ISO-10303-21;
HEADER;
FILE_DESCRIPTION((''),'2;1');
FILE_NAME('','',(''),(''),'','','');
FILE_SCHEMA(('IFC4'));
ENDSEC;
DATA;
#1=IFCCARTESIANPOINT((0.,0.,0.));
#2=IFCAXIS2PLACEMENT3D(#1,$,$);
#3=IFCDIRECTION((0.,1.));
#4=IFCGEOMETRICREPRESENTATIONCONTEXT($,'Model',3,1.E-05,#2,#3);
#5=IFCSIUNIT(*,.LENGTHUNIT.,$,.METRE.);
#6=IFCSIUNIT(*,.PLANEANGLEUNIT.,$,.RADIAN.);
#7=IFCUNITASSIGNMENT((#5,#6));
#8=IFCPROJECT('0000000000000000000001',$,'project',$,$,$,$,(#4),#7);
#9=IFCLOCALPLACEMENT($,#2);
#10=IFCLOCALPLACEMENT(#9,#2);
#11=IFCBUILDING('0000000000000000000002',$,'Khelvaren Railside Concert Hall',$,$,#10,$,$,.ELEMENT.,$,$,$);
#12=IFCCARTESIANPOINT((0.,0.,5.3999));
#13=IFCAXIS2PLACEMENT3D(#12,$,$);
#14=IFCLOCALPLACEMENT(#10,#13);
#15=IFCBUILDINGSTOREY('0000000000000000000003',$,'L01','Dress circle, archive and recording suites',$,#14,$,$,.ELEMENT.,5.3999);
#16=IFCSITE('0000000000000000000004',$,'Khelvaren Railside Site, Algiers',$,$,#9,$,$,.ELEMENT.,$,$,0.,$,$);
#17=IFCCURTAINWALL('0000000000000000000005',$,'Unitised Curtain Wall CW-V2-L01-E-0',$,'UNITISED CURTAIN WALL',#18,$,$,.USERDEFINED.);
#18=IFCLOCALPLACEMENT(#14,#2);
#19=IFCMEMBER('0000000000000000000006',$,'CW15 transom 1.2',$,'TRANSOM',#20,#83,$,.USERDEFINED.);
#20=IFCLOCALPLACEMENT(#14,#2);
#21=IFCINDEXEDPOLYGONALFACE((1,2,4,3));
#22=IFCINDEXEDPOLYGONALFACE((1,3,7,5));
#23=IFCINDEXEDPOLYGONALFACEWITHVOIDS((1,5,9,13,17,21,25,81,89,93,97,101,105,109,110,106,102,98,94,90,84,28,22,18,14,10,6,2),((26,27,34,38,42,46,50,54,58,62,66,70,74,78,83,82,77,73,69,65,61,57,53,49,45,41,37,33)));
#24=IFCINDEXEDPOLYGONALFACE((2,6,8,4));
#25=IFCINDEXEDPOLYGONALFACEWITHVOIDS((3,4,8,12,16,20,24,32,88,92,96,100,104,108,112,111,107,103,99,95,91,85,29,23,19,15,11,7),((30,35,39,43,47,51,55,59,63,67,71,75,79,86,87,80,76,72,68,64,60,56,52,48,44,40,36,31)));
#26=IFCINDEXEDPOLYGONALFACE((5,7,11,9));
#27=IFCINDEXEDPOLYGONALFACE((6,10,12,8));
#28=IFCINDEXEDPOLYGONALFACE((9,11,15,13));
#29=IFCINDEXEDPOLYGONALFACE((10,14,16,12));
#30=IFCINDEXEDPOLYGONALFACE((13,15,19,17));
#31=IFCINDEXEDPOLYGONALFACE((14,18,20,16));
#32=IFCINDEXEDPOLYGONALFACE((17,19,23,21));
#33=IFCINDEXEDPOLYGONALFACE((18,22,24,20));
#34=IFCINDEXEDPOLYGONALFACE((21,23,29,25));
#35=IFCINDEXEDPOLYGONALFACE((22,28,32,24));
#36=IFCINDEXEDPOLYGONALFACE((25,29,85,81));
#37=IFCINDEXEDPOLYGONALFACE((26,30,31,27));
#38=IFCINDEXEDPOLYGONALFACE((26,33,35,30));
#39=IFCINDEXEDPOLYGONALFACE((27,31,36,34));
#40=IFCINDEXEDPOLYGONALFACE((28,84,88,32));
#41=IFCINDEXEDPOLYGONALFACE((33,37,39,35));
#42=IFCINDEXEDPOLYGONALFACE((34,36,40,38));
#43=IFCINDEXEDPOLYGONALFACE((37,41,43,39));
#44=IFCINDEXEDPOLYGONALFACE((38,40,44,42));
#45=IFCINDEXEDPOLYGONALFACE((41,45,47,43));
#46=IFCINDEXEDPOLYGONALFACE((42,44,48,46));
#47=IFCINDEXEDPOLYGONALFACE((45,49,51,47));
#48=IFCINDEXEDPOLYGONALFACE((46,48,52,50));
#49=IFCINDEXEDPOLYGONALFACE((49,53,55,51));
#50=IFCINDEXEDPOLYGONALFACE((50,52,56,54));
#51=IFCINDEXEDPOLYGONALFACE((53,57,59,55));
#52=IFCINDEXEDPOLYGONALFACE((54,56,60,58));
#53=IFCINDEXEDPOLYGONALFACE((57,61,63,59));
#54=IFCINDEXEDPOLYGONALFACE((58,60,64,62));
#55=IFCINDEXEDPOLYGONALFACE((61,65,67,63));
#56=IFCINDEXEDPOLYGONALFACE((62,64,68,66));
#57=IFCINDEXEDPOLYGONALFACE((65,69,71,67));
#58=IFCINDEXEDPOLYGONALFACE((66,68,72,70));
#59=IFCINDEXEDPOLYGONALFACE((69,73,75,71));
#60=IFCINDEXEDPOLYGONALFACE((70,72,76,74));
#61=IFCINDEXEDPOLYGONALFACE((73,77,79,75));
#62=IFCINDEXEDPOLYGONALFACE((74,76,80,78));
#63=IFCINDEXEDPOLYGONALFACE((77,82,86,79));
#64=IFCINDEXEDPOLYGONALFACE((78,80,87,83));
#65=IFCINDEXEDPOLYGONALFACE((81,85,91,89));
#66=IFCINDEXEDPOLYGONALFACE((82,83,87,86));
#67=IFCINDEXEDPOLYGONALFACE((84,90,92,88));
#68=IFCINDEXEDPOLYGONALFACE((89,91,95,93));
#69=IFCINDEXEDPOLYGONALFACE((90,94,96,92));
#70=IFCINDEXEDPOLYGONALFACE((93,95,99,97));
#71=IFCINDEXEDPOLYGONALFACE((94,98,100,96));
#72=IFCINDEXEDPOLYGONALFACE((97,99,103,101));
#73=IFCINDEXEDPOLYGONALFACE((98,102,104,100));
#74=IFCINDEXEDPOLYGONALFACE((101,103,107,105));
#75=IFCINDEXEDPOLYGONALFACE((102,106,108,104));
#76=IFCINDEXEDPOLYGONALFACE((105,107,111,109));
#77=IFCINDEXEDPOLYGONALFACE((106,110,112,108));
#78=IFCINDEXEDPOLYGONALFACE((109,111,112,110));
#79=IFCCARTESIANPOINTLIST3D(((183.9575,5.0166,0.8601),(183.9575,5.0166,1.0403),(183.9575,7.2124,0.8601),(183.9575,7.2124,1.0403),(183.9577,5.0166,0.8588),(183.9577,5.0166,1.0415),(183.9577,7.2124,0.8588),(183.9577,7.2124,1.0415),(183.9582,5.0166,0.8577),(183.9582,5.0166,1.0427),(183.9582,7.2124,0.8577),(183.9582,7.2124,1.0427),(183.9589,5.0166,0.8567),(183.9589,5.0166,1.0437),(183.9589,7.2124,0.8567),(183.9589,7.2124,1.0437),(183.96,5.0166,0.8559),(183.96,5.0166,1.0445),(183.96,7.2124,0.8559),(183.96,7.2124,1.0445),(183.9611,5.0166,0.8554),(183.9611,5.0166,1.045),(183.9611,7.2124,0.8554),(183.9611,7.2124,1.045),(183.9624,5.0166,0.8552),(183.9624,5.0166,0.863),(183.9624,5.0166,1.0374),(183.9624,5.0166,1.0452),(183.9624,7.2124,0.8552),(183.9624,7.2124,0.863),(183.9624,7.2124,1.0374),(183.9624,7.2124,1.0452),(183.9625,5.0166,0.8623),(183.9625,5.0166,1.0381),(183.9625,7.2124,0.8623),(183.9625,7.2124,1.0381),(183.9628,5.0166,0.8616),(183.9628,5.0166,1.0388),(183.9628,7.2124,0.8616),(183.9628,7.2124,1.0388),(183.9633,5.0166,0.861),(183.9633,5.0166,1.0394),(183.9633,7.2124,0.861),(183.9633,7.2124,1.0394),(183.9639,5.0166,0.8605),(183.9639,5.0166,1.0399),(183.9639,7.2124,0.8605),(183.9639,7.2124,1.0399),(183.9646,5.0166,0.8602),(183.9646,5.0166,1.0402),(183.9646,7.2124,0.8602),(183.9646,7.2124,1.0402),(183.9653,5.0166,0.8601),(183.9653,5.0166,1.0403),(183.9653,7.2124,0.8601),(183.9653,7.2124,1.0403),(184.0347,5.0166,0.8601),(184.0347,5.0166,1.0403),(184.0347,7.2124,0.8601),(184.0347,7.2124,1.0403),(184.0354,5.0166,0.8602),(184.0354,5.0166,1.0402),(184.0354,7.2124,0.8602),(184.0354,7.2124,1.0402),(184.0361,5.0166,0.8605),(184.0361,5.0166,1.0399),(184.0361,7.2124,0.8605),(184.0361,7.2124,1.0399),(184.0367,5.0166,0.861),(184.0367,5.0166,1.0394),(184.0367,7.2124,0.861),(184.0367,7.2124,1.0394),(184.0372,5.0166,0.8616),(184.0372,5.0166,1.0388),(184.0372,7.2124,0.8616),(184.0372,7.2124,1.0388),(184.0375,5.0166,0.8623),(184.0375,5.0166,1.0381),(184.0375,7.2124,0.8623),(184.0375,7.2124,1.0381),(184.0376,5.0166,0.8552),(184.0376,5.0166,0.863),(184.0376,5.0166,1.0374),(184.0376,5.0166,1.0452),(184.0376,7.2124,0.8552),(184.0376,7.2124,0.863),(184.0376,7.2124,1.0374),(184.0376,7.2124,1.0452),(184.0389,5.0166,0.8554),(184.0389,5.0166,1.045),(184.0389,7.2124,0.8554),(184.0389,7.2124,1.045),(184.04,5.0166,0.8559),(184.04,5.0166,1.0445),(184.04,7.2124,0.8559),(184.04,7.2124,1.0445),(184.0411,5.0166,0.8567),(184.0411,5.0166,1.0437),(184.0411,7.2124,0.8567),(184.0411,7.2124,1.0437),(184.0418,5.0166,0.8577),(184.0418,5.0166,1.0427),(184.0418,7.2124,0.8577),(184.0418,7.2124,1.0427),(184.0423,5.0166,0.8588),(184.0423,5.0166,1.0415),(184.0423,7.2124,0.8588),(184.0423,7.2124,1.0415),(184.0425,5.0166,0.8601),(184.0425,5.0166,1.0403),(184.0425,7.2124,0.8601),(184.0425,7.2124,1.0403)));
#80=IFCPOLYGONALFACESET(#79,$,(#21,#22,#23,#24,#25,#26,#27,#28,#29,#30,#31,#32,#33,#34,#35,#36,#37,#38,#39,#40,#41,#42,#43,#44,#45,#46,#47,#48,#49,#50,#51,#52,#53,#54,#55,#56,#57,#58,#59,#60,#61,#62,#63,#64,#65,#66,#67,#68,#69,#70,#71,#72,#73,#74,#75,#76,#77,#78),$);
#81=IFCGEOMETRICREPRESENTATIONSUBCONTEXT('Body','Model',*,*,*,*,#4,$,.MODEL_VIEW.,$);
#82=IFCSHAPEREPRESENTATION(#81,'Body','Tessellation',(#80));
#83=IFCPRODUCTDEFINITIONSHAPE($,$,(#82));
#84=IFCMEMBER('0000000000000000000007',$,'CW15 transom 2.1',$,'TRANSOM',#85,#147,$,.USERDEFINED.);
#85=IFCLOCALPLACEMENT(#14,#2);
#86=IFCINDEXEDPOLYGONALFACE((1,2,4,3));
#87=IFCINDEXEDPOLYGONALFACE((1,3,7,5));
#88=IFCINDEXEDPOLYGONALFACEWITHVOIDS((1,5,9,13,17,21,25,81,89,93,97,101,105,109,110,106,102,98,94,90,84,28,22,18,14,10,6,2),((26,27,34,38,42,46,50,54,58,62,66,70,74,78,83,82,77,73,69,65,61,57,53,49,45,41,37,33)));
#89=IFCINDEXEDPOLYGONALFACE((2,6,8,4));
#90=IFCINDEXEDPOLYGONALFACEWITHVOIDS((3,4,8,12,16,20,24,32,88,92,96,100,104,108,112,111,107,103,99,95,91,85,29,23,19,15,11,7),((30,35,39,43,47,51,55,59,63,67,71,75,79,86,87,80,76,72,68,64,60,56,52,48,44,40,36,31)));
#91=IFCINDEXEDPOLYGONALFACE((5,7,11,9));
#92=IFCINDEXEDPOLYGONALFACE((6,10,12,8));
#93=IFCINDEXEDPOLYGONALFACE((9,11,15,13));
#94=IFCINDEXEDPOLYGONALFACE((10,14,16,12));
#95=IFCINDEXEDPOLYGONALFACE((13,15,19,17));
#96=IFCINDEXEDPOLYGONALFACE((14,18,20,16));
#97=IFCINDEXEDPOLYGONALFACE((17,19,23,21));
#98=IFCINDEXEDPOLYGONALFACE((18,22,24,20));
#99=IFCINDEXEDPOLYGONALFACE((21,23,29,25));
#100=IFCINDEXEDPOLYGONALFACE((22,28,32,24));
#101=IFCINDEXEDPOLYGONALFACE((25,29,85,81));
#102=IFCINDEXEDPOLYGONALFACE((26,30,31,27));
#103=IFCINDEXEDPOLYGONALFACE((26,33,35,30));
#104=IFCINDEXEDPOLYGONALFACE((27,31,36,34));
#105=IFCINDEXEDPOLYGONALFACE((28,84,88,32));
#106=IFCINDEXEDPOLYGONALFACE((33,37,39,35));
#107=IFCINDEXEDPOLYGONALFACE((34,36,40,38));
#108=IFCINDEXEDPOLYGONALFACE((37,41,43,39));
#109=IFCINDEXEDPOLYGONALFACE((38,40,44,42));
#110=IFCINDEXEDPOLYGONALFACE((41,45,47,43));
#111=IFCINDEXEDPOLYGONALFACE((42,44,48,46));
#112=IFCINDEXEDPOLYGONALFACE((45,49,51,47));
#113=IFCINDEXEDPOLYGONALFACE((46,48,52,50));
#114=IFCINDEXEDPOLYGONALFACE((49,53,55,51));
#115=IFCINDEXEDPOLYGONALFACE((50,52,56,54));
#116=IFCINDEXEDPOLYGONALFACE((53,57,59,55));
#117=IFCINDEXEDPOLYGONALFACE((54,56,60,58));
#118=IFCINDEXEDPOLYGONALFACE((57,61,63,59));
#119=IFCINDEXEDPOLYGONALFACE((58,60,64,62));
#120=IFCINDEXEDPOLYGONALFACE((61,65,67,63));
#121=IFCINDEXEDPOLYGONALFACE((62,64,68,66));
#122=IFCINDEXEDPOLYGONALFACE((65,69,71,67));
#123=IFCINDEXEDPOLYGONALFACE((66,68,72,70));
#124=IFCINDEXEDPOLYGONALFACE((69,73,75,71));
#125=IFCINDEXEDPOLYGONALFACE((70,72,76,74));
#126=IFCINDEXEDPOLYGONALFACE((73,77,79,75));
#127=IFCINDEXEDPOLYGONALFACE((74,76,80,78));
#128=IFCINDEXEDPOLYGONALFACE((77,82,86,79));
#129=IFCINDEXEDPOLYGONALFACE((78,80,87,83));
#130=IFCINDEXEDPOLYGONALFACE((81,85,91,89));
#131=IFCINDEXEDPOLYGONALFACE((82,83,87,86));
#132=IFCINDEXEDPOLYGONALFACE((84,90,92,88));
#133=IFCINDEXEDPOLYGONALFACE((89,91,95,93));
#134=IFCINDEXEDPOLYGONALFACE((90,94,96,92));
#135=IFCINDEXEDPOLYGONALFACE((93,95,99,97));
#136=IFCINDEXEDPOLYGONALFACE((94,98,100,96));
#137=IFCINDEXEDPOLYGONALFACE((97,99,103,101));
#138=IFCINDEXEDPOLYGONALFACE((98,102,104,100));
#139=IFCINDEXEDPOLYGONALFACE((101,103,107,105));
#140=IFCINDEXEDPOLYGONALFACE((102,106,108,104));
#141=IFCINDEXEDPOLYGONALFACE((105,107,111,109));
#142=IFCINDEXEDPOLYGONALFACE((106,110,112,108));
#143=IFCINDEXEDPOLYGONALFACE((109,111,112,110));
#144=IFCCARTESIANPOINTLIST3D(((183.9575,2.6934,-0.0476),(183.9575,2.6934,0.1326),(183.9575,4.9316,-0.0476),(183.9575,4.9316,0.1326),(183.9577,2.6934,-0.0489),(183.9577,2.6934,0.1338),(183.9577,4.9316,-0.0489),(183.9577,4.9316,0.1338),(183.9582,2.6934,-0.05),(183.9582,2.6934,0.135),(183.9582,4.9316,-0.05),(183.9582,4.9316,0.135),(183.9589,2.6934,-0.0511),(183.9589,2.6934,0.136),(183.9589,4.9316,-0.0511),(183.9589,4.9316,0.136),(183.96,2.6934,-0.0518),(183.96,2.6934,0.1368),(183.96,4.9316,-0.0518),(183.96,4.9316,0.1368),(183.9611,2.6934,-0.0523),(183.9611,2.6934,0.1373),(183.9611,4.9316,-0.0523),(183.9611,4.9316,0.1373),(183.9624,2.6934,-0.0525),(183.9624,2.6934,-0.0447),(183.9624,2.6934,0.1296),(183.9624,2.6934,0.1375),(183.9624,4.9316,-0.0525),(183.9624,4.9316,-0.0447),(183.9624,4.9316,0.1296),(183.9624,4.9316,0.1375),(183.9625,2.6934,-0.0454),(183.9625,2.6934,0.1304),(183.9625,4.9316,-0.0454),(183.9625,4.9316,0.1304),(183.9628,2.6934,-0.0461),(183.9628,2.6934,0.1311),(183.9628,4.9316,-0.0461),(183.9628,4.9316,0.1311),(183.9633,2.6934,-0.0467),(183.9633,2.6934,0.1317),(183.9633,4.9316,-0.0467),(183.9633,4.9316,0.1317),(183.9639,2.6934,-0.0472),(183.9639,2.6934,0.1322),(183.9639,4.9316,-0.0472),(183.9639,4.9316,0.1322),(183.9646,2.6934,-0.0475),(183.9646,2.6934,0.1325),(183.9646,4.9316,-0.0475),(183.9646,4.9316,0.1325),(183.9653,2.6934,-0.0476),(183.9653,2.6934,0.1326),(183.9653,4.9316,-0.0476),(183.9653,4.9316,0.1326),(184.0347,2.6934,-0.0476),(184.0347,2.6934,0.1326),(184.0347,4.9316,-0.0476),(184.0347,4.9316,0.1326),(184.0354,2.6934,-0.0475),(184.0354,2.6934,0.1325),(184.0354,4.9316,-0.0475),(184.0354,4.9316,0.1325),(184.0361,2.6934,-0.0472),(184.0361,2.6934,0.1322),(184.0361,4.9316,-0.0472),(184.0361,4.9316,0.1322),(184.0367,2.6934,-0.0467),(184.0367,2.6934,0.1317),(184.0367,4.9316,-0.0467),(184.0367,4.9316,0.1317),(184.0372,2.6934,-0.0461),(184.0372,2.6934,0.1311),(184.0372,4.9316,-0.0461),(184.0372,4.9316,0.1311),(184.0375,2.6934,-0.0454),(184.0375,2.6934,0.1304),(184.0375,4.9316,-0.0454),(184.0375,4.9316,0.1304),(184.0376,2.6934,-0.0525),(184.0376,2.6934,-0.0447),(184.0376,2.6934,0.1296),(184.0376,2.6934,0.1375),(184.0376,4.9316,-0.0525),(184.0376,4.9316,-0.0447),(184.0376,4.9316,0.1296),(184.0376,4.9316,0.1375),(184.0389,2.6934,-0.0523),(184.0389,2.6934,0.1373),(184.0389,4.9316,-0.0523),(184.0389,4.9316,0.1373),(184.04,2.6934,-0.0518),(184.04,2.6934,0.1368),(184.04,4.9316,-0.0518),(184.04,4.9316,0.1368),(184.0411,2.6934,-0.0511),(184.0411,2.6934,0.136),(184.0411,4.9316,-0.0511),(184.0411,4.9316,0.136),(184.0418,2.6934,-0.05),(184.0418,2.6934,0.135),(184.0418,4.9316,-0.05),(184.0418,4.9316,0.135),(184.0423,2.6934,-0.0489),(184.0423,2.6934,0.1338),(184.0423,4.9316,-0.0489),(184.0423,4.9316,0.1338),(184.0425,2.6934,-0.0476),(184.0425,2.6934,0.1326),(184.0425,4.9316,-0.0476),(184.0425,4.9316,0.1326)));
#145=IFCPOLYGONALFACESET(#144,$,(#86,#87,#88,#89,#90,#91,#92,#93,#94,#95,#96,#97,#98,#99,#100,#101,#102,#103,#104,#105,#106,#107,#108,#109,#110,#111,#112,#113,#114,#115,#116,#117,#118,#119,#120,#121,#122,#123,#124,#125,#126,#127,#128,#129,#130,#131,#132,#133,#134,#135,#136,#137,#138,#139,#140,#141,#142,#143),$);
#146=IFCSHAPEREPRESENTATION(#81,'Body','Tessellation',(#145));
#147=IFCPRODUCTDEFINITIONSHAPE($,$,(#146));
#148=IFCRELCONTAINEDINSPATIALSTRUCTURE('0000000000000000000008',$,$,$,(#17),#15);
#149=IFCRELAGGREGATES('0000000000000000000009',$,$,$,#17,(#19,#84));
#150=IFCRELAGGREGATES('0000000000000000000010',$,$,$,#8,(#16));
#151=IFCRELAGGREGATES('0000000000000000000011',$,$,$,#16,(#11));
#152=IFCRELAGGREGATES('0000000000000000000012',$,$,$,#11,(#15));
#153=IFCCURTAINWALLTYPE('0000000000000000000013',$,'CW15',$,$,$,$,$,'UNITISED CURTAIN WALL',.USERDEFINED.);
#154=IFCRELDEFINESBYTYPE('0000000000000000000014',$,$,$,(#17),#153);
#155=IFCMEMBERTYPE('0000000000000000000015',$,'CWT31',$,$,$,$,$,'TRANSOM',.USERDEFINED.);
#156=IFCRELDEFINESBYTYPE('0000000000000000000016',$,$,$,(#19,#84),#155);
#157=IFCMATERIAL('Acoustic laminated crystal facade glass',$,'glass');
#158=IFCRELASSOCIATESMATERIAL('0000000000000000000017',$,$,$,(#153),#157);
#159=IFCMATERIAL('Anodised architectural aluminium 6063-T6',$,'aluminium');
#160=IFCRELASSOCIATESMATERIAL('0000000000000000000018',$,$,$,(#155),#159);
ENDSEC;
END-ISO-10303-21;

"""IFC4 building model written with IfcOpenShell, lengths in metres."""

from ifc_helpers import new_model, si_unit, direction, frame, origin, origin_2d, place, context, subcontext, project, spatial, hollow_rectangle, extrude, material, material_profile, profile_set, type_object, element, aggregate, save


model = new_model("IFC4")

# Units and contexts
model_context = context("Model", 3, precision=1e-05, world=origin(), true_north=direction((0.0, 1.0)))
body_context = subcontext(model_context, "Body", "Model", "MODEL_VIEW")
ifc_project = project(units=[si_unit("LENGTHUNIT", "METRE"), si_unit("PLANEANGLEUNIT", "RADIAN")], contexts=[model_context])

# Site, building, storey
site_placement = place(None, origin())
site = spatial("IfcSite", under=ifc_project, at=site_placement, Name="Khelvaren Railside Site, Algiers", CompositionType="ELEMENT", RefElevation=0.0)
building_placement = place(site_placement, origin())
building = spatial("IfcBuilding", under=site, at=building_placement, Name="Khelvaren Railside Concert Hall", CompositionType="ELEMENT")
storey_placement = place(building_placement, frame((0.0, 0.0, 5.3999)))
storey = spatial("IfcBuildingStorey", under=building, at=storey_placement, Name="L01", Description="Dress circle, archive and recording suites", CompositionType="ELEMENT", Elevation=5.3999)

# Shared definitions
ifc_material_1 = material(Name="Acoustic laminated crystal facade glass", Category="glass")
curtain_wall_type = type_object("IfcCurtainWallType", Name="CW15", ElementType="UNITISED CURTAIN WALL", PredefinedType="USERDEFINED", material=ifc_material_1)
ifc_material_2 = material(Name="Anodised architectural aluminium 6063-T6", Category="aluminium")

# Curtain wall
curtain_wall_1_placement = place(storey_placement, origin())
curtain_wall_1 = element("IfcCurtainWall", 1, at=curtain_wall_1_placement, inside=storey, type_object=curtain_wall_type, Name="Unitised Curtain Wall CW-V2-L01-E-0", ObjectType="UNITISED CURTAIN WALL", PredefinedType="USERDEFINED")

# Members
ifc_material_profile_1 = material_profile(ifc_material_2, hollow_rectangle(XDim=0.085, YDim=0.1899, WallThickness=0.0049, InnerFilletRadius=0.0029, OuterFilletRadius=0.0049, at=origin_2d()), Name="CWT 85x190x5")
ifc_profile_set_1 = profile_set([ifc_material_profile_1], Name="Anodised architectural aluminium 6063-T6")
member_type_1 = type_object("IfcMemberType", Name="CWT31", ElementType="TRANSOM", PredefinedType="USERDEFINED", material=ifc_profile_set_1)
member_1_placement = place(storey_placement, frame((184.0, 7.2124, 0.9502), z_axis=(0.0, -1.0, 0.0), x_axis=(1.0, 0.0, 0.0)))
member_1 = element("IfcMember", 2, at=member_1_placement, type_object=member_type_1, Name="CW15 transom 1.2", ObjectType="TRANSOM", PredefinedType="USERDEFINED", context=body_context, shape_type="SweptSolid", body=[
    extrude(hollow_rectangle(XDim=0.085, YDim=0.1899, WallThickness=0.0049, InnerFilletRadius=0.0029, OuterFilletRadius=0.0049, at=origin_2d()), origin(), (0.0, 0.0, 1.0), 2.1958),
])
member_2_placement = place(storey_placement, frame((184.0, 4.9316, 0.0425), z_axis=(0.0, -1.0, 0.0), x_axis=(1.0, 0.0, 0.0)))
member_2 = element("IfcMember", 3, at=member_2_placement, type_object=member_type_1, Name="CW15 transom 2.1", ObjectType="TRANSOM", PredefinedType="USERDEFINED", context=body_context, shape_type="SweptSolid", body=[
    extrude(hollow_rectangle(XDim=0.085, YDim=0.1899, WallThickness=0.0049, InnerFilletRadius=0.0029, OuterFilletRadius=0.0049, at=origin_2d()), origin(), (0.0, 0.0, 1.0), 2.2383),
])

aggregate(curtain_wall_1, [member_1, member_2])

save(model, "model.ifc")
